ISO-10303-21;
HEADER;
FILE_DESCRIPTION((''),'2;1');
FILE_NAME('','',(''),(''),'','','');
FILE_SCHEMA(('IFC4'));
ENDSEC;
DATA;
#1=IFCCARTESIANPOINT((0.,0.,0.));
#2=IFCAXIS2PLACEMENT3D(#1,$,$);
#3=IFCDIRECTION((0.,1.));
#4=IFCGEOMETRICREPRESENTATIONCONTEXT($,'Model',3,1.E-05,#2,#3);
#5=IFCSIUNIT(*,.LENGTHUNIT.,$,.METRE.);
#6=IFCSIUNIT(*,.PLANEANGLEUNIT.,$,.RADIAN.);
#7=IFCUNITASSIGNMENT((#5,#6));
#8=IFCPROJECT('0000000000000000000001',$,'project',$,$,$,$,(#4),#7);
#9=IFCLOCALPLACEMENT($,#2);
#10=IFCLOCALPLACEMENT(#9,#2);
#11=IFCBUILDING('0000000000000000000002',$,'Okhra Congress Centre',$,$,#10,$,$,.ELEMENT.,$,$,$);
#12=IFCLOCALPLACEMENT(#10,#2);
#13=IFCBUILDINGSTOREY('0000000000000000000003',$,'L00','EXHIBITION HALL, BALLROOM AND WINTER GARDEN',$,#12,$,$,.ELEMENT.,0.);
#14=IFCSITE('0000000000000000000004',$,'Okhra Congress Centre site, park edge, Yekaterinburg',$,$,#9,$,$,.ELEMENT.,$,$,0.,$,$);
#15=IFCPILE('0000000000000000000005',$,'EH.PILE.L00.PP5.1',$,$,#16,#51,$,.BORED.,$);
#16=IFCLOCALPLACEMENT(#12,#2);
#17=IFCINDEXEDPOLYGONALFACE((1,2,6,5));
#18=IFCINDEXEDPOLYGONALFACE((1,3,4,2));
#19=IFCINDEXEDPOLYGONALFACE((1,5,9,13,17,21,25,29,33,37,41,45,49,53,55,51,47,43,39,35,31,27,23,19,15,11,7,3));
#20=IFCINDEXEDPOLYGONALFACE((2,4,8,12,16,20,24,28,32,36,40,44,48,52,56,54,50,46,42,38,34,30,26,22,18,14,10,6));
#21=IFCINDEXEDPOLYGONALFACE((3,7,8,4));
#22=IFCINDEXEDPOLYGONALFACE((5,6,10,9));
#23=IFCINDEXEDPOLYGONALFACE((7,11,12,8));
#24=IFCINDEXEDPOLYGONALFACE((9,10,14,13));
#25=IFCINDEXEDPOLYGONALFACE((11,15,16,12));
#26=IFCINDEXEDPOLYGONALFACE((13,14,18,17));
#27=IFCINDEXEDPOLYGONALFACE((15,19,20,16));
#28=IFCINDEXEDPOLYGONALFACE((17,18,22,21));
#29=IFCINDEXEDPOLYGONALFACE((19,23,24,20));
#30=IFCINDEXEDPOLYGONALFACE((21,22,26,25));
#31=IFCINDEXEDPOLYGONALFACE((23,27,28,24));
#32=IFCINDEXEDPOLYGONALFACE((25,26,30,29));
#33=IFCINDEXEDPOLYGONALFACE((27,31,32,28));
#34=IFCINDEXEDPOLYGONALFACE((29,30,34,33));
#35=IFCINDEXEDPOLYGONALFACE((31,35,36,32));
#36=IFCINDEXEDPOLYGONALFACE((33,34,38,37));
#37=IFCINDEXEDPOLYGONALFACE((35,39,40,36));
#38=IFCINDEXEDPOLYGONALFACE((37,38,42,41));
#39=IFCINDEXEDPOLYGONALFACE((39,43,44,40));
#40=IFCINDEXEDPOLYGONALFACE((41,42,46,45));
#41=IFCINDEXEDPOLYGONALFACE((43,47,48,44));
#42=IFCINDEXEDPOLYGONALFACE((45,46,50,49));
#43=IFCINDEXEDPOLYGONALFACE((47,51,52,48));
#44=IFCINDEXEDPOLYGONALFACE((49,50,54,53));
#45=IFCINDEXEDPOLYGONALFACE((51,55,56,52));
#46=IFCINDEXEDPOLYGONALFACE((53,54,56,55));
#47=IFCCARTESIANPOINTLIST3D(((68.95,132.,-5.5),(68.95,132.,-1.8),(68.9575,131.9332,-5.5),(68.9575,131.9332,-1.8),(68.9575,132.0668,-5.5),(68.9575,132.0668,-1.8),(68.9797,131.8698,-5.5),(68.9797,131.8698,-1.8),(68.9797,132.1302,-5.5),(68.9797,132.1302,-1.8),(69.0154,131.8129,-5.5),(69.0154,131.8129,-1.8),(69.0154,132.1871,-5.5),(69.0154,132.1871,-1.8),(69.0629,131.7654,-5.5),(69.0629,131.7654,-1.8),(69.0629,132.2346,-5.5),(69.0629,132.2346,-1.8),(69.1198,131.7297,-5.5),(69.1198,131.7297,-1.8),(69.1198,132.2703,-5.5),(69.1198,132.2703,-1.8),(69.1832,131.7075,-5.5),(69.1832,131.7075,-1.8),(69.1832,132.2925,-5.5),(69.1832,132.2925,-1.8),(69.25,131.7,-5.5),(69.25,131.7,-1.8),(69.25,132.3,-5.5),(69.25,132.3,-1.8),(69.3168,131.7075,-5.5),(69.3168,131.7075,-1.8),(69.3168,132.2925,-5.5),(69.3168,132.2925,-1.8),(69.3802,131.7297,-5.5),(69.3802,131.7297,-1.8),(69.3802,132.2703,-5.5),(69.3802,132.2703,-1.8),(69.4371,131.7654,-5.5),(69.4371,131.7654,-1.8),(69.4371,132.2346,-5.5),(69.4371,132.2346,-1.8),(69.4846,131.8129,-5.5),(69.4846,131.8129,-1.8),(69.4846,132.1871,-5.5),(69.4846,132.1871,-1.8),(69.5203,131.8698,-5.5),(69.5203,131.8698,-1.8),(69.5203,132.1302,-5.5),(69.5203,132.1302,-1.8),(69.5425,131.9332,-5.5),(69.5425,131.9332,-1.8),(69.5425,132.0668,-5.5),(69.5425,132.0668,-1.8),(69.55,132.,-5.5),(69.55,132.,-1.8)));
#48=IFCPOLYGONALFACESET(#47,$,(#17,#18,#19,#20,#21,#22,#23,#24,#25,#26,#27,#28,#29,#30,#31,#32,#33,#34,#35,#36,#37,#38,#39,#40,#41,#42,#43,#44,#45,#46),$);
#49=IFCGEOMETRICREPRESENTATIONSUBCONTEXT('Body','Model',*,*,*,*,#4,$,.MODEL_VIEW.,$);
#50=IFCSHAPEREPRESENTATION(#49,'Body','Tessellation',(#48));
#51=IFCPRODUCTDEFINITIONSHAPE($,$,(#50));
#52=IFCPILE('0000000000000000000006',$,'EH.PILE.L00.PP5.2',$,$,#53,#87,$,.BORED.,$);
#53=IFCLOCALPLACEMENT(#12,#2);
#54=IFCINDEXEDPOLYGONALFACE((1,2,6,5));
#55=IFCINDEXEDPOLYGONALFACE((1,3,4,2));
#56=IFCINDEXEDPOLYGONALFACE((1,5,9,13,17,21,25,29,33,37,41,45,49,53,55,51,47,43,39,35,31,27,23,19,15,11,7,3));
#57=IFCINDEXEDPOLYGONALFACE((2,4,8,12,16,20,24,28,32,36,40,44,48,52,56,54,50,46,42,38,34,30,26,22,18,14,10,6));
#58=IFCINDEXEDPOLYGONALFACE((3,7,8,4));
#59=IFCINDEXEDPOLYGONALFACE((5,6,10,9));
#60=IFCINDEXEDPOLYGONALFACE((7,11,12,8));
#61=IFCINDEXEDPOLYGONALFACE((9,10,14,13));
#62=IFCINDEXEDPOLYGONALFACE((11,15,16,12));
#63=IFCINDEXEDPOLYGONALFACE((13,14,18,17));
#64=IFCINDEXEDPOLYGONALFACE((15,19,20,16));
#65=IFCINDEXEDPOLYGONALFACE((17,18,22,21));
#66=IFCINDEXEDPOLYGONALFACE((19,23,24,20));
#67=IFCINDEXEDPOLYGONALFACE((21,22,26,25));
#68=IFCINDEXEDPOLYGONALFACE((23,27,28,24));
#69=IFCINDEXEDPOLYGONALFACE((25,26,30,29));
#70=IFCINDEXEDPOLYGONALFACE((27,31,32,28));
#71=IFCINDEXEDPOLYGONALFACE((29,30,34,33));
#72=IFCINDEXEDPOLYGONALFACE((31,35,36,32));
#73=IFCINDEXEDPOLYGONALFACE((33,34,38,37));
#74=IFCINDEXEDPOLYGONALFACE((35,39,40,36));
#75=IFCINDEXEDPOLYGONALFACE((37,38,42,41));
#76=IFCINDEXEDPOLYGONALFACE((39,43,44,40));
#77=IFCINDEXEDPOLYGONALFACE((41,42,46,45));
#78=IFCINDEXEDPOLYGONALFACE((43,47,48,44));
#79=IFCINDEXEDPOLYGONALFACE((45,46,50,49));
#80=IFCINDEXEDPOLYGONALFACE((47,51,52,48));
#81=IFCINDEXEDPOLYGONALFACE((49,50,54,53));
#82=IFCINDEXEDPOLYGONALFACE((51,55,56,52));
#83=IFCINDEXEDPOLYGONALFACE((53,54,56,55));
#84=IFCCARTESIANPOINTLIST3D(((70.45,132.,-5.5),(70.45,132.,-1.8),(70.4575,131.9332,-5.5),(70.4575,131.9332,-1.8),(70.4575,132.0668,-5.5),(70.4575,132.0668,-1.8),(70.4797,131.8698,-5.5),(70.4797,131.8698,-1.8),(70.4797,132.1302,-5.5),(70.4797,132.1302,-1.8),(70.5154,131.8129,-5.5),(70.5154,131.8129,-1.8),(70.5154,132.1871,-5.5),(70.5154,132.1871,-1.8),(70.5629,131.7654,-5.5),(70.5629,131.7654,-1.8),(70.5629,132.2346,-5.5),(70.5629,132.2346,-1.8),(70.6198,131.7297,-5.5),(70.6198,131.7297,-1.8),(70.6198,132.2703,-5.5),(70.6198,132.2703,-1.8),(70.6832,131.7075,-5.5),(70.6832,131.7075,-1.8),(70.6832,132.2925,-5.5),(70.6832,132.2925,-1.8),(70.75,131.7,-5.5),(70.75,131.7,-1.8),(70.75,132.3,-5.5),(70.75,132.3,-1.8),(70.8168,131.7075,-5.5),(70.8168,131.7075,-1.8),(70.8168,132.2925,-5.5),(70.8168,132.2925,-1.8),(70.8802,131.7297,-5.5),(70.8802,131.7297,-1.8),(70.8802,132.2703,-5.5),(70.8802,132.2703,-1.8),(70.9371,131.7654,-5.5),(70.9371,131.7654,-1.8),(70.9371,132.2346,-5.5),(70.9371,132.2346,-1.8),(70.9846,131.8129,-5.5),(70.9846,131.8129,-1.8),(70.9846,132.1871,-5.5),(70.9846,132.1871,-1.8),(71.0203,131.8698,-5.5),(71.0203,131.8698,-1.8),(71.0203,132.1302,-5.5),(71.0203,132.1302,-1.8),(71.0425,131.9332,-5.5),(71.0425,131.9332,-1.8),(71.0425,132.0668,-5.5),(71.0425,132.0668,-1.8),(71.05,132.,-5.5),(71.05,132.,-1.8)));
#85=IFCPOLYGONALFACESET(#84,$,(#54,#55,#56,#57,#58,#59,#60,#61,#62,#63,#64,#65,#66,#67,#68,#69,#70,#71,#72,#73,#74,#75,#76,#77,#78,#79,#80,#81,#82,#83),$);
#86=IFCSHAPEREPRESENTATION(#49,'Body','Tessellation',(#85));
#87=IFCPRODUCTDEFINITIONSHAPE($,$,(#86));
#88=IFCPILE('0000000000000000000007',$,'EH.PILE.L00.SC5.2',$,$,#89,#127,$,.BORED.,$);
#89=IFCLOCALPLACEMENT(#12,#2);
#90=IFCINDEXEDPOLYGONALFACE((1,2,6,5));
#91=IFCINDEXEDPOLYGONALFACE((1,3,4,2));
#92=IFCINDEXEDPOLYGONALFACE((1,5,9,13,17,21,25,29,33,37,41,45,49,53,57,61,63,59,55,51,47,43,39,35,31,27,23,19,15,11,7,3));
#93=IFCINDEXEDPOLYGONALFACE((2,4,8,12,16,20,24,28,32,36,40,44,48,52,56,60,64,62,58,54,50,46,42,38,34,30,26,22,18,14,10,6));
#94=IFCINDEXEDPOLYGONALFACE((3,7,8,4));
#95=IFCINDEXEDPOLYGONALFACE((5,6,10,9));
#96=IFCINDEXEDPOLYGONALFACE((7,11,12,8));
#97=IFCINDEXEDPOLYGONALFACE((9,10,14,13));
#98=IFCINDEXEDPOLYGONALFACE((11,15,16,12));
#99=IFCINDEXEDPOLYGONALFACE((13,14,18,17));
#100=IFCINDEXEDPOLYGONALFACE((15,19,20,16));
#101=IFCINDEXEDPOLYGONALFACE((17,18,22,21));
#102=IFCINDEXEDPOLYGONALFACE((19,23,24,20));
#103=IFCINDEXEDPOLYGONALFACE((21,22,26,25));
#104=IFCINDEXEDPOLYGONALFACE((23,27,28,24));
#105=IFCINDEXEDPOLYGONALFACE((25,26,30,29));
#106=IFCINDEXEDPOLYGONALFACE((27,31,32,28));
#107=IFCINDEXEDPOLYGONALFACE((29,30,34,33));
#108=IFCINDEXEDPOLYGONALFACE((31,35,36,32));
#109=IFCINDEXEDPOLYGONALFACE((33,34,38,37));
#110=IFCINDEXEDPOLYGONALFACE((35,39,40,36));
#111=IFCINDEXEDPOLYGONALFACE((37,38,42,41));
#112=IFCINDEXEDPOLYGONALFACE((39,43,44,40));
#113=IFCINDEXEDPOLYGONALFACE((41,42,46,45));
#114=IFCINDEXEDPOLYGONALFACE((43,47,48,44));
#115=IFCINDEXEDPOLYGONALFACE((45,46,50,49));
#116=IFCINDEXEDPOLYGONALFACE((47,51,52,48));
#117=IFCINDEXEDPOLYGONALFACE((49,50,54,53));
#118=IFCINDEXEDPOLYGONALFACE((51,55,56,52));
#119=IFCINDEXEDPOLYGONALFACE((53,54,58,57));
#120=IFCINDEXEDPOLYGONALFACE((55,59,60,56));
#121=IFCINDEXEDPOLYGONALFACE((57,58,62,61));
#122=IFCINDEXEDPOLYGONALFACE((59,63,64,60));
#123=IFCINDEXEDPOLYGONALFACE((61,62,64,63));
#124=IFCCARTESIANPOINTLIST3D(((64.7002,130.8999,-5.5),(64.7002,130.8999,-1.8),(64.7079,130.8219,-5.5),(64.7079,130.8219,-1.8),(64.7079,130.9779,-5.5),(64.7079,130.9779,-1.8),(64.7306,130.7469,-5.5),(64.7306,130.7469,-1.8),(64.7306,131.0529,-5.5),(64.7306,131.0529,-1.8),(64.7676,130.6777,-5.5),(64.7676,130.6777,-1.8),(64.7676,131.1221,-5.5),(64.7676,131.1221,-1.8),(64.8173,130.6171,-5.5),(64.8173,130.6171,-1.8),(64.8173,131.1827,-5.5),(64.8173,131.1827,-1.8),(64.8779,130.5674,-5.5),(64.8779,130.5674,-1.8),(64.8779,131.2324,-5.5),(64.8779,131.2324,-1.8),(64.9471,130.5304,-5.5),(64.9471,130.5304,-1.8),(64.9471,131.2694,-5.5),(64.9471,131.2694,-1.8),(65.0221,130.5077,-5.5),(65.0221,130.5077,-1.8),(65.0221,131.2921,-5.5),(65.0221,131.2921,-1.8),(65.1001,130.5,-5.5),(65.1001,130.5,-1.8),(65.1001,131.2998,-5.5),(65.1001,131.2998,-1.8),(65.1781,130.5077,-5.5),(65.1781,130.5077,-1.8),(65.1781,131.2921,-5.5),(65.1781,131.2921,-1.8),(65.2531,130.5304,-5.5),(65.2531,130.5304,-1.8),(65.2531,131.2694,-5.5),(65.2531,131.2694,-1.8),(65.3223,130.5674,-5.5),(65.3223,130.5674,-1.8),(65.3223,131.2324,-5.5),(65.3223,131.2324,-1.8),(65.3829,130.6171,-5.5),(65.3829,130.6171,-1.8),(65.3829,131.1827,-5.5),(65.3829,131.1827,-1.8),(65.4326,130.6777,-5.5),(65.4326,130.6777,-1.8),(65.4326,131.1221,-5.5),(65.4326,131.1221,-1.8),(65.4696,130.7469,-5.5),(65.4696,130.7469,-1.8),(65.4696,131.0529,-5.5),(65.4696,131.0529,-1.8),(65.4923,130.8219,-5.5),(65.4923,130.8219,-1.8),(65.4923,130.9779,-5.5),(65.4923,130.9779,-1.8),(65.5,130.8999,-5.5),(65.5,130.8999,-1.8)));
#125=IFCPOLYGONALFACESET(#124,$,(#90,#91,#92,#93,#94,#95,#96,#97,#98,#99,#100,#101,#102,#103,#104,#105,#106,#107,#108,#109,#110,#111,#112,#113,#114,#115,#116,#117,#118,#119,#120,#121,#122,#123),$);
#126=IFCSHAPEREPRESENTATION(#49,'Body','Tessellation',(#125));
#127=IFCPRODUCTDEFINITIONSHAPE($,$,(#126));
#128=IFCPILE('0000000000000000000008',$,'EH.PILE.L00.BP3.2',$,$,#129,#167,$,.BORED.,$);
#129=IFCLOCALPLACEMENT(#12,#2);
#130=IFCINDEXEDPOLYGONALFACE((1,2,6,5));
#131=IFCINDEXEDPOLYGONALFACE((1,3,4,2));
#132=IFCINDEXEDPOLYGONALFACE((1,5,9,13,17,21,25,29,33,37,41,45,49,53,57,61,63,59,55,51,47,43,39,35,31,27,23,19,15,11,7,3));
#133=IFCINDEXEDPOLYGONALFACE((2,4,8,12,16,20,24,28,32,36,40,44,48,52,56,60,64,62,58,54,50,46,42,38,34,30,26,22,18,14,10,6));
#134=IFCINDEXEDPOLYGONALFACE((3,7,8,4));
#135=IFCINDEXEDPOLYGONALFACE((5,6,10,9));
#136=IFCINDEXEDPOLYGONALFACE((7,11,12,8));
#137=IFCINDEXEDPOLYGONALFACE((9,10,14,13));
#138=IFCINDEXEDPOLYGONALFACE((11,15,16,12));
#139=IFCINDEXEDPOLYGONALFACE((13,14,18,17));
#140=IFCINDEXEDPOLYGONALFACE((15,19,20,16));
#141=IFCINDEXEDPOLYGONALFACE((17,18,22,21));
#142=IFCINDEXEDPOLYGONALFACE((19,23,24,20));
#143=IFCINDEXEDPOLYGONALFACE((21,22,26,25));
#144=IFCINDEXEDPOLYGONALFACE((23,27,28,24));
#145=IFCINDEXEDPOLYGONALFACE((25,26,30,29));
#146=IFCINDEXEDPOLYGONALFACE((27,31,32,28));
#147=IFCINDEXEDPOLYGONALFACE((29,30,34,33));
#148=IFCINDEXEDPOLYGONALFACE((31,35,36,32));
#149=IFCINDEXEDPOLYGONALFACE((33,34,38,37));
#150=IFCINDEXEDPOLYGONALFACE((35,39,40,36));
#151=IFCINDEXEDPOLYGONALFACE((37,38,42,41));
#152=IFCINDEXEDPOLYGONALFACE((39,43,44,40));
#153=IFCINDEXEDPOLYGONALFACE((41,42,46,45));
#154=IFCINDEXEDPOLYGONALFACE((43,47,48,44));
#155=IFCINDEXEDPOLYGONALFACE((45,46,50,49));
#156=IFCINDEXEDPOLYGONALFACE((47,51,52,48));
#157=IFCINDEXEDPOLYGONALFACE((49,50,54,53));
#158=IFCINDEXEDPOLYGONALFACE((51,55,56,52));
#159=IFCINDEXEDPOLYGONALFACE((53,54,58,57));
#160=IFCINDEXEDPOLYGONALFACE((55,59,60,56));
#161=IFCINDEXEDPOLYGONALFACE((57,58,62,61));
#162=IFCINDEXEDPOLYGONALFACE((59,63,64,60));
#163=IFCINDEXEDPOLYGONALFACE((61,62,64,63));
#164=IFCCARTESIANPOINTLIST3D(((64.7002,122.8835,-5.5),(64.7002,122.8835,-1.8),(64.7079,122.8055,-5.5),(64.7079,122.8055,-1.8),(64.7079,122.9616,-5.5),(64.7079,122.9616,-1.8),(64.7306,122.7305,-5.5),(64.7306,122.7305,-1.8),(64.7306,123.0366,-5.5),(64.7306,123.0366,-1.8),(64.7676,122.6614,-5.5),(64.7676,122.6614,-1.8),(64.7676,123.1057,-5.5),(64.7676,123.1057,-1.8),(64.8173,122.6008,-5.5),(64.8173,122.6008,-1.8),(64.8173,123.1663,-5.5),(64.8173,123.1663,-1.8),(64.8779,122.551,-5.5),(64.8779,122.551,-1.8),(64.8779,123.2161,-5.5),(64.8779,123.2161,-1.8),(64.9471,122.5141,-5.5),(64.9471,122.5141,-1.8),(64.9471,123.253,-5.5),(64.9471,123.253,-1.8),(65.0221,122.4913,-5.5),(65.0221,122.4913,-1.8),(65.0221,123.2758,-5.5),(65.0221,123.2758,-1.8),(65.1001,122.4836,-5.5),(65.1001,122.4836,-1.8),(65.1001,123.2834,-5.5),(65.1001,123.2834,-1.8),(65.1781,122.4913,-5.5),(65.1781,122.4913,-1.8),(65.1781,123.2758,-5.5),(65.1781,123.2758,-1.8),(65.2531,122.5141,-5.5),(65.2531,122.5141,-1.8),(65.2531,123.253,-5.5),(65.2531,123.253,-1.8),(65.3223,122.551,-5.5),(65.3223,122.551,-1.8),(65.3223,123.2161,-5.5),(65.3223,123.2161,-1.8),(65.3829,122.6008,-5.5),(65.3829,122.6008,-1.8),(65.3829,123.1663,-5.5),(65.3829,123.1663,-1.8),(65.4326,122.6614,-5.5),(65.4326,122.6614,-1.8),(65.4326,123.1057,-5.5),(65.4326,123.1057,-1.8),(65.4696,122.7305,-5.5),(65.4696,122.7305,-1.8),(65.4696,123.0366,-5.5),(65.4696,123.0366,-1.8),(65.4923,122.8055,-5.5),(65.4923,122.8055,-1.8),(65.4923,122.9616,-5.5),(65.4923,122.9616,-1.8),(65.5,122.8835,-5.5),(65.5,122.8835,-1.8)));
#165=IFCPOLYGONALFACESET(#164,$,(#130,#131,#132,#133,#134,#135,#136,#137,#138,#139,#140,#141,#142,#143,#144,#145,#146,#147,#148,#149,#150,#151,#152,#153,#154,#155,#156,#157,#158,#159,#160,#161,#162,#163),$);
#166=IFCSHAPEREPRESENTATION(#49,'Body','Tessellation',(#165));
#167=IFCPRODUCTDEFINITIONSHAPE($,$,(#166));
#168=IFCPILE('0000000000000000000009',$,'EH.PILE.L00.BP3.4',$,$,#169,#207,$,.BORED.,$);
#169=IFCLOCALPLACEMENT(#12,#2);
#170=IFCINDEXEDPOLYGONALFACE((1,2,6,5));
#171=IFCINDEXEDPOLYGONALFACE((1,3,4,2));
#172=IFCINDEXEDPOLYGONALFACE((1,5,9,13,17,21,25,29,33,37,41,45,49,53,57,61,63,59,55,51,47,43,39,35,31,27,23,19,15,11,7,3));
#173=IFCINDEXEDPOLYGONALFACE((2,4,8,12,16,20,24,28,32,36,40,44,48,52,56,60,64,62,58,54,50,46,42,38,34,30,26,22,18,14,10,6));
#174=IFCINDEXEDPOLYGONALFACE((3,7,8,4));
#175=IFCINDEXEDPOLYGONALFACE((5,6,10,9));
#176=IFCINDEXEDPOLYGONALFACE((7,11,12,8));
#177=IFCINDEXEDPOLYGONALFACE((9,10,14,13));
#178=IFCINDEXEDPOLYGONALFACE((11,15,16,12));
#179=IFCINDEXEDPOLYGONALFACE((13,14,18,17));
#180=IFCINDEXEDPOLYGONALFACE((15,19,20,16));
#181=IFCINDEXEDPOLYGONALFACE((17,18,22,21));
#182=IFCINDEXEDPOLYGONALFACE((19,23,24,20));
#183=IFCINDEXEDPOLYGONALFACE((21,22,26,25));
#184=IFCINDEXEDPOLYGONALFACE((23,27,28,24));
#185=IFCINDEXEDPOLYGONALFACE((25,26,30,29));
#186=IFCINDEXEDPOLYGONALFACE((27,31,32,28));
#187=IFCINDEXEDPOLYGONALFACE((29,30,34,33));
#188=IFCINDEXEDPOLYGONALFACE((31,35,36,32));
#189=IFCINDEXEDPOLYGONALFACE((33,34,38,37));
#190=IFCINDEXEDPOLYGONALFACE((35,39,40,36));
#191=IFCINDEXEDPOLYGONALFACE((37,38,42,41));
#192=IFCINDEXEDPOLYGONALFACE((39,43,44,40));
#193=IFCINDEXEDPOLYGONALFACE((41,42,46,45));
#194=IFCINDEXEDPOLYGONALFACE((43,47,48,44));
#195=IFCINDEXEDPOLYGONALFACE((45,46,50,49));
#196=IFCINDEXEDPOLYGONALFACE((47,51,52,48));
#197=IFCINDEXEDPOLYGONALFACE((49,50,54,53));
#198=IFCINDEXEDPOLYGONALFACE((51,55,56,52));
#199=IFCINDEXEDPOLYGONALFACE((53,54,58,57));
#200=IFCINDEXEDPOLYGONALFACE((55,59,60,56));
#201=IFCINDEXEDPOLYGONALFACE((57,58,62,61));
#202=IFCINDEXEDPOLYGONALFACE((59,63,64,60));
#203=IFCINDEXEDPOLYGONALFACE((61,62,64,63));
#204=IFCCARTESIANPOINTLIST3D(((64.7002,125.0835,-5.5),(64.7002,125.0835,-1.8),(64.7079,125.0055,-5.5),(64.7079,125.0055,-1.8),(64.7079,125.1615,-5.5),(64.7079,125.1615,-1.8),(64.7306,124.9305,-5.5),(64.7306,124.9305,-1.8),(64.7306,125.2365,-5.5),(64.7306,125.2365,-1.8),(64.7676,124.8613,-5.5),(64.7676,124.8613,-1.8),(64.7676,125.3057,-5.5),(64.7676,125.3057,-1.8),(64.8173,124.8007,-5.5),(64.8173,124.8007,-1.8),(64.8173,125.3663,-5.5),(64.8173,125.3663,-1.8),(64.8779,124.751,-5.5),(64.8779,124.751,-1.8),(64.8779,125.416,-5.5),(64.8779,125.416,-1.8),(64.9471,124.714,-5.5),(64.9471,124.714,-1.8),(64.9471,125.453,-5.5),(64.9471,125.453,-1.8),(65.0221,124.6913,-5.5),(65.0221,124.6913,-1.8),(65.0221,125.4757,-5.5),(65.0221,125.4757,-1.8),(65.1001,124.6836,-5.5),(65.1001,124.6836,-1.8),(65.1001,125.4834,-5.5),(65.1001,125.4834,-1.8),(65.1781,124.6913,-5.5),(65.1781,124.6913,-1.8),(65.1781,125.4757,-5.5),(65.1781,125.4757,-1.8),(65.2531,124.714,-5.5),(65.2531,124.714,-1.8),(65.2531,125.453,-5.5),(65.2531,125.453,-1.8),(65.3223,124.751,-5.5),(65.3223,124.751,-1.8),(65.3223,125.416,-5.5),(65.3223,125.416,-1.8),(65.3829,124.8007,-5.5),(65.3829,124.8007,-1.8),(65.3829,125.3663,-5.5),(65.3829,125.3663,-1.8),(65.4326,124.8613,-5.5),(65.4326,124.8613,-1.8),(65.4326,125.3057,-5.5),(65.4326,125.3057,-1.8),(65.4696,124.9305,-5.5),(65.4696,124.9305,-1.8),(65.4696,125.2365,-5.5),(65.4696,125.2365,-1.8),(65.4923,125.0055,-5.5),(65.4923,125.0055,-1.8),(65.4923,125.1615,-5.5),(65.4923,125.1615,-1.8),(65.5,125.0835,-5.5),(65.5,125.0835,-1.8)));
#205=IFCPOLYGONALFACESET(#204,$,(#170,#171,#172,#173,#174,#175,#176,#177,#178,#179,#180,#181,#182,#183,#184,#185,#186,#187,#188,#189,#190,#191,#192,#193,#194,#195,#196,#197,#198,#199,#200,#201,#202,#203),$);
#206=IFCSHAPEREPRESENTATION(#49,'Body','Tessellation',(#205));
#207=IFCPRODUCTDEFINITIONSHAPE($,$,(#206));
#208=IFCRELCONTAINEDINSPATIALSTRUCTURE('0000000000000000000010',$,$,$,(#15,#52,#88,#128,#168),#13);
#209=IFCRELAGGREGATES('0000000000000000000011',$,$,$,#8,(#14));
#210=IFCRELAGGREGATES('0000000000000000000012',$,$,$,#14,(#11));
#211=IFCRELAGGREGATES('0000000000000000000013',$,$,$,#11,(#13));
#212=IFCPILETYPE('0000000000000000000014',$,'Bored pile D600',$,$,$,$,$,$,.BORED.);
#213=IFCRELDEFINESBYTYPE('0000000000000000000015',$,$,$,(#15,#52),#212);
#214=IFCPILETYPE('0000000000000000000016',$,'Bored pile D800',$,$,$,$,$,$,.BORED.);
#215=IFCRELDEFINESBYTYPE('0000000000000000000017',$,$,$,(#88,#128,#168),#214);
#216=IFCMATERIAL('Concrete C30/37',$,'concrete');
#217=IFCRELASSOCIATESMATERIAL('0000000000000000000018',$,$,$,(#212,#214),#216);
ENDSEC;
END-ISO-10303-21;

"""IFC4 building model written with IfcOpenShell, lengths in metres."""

from ifc_helpers import new_model, si_unit, direction, frame, origin, origin_2d, place, context, subcontext, project, spatial, circle, extrude, material, material_profile, profile_set, type_object, element, save


model = new_model("IFC4")

# Units and contexts
model_context = context("Model", 3, precision=1e-05, world=origin(), true_north=direction((0.0, 1.0)))
body_context = subcontext(model_context, "Body", "Model", "MODEL_VIEW")
ifc_project = project(units=[si_unit("LENGTHUNIT", "METRE"), si_unit("PLANEANGLEUNIT", "RADIAN")], contexts=[model_context])

# Site, building, storey
site_placement = place(None, origin())
site = spatial("IfcSite", under=ifc_project, at=site_placement, Name="Okhra Congress Centre site, park edge, Yekaterinburg", CompositionType="ELEMENT", RefElevation=0.0)
building_placement = place(site_placement, origin())
building = spatial("IfcBuilding", under=site, at=building_placement, Name="Okhra Congress Centre", CompositionType="ELEMENT")
storey_placement = place(building_placement, origin())
storey = spatial("IfcBuildingStorey", under=building, at=storey_placement, Name="L00", Description="EXHIBITION HALL, BALLROOM AND WINTER GARDEN", CompositionType="ELEMENT", Elevation=0.0)

# Piles
ifc_material_1 = material(Name="Concrete C30/37", Category="concrete")
ifc_material_profile_1 = material_profile(ifc_material_1, circle(Radius=0.3, at=origin_2d()), Name="D600")
ifc_profile_set_1 = profile_set([ifc_material_profile_1], Name="Concrete C30/37")
pile_type_1 = type_object("IfcPileType", Name="Bored pile D600", PredefinedType="BORED", material=ifc_profile_set_1)
for number, where, z_axis, x_axis, name in (
    (1, (69.25, 132.0, -1.8), (0.0, 0.0, -1.0), (1.0, 0.0, 0.0), "EH.PILE.L00.PP5.1"),
    (2, (70.75, 132.0, -1.8), (0.0, 0.0, -1.0), (1.0, 0.0, 0.0), "EH.PILE.L00.PP5.2"),
):
    element("IfcPile", number, at=place(storey_placement, frame(where, z_axis=z_axis, x_axis=x_axis)), inside=storey, type_object=pile_type_1, Name=name, PredefinedType="BORED", context=body_context, shape_type="SweptSolid", body=[
        extrude(circle(Radius=0.3, at=origin_2d()), origin(), (0.0, 0.0, 1.0), 3.7),
    ])
ifc_material_profile_2 = material_profile(ifc_material_1, circle(Radius=0.3999, at=origin_2d()), Name="D800")
ifc_profile_set_2 = profile_set([ifc_material_profile_2], Name="Concrete C30/37")
pile_type_2 = type_object("IfcPileType", Name="Bored pile D800", PredefinedType="BORED", material=ifc_profile_set_2)
for number, where, z_axis, x_axis, name in (
    (3, (65.1001, 130.8999, -1.8), (0.0, 0.0, -1.0), (1.0, 0.0, 0.0), "EH.PILE.L00.SC5.2"),
    (4, (65.1001, 122.8835, -1.8), (0.0, 0.0, -1.0), (1.0, 0.0, 0.0), "EH.PILE.L00.BP3.2"),
    (5, (65.1001, 125.0835, -1.8), (0.0, 0.0, -1.0), (1.0, 0.0, 0.0), "EH.PILE.L00.BP3.4"),
):
    element("IfcPile", number, at=place(storey_placement, frame(where, z_axis=z_axis, x_axis=x_axis)), inside=storey, type_object=pile_type_2, Name=name, PredefinedType="BORED", context=body_context, shape_type="SweptSolid", body=[
        extrude(circle(Radius=0.3999, at=origin_2d()), origin(), (0.0, 0.0, 1.0), 3.7),
    ])

save(model, "model.ifc")
